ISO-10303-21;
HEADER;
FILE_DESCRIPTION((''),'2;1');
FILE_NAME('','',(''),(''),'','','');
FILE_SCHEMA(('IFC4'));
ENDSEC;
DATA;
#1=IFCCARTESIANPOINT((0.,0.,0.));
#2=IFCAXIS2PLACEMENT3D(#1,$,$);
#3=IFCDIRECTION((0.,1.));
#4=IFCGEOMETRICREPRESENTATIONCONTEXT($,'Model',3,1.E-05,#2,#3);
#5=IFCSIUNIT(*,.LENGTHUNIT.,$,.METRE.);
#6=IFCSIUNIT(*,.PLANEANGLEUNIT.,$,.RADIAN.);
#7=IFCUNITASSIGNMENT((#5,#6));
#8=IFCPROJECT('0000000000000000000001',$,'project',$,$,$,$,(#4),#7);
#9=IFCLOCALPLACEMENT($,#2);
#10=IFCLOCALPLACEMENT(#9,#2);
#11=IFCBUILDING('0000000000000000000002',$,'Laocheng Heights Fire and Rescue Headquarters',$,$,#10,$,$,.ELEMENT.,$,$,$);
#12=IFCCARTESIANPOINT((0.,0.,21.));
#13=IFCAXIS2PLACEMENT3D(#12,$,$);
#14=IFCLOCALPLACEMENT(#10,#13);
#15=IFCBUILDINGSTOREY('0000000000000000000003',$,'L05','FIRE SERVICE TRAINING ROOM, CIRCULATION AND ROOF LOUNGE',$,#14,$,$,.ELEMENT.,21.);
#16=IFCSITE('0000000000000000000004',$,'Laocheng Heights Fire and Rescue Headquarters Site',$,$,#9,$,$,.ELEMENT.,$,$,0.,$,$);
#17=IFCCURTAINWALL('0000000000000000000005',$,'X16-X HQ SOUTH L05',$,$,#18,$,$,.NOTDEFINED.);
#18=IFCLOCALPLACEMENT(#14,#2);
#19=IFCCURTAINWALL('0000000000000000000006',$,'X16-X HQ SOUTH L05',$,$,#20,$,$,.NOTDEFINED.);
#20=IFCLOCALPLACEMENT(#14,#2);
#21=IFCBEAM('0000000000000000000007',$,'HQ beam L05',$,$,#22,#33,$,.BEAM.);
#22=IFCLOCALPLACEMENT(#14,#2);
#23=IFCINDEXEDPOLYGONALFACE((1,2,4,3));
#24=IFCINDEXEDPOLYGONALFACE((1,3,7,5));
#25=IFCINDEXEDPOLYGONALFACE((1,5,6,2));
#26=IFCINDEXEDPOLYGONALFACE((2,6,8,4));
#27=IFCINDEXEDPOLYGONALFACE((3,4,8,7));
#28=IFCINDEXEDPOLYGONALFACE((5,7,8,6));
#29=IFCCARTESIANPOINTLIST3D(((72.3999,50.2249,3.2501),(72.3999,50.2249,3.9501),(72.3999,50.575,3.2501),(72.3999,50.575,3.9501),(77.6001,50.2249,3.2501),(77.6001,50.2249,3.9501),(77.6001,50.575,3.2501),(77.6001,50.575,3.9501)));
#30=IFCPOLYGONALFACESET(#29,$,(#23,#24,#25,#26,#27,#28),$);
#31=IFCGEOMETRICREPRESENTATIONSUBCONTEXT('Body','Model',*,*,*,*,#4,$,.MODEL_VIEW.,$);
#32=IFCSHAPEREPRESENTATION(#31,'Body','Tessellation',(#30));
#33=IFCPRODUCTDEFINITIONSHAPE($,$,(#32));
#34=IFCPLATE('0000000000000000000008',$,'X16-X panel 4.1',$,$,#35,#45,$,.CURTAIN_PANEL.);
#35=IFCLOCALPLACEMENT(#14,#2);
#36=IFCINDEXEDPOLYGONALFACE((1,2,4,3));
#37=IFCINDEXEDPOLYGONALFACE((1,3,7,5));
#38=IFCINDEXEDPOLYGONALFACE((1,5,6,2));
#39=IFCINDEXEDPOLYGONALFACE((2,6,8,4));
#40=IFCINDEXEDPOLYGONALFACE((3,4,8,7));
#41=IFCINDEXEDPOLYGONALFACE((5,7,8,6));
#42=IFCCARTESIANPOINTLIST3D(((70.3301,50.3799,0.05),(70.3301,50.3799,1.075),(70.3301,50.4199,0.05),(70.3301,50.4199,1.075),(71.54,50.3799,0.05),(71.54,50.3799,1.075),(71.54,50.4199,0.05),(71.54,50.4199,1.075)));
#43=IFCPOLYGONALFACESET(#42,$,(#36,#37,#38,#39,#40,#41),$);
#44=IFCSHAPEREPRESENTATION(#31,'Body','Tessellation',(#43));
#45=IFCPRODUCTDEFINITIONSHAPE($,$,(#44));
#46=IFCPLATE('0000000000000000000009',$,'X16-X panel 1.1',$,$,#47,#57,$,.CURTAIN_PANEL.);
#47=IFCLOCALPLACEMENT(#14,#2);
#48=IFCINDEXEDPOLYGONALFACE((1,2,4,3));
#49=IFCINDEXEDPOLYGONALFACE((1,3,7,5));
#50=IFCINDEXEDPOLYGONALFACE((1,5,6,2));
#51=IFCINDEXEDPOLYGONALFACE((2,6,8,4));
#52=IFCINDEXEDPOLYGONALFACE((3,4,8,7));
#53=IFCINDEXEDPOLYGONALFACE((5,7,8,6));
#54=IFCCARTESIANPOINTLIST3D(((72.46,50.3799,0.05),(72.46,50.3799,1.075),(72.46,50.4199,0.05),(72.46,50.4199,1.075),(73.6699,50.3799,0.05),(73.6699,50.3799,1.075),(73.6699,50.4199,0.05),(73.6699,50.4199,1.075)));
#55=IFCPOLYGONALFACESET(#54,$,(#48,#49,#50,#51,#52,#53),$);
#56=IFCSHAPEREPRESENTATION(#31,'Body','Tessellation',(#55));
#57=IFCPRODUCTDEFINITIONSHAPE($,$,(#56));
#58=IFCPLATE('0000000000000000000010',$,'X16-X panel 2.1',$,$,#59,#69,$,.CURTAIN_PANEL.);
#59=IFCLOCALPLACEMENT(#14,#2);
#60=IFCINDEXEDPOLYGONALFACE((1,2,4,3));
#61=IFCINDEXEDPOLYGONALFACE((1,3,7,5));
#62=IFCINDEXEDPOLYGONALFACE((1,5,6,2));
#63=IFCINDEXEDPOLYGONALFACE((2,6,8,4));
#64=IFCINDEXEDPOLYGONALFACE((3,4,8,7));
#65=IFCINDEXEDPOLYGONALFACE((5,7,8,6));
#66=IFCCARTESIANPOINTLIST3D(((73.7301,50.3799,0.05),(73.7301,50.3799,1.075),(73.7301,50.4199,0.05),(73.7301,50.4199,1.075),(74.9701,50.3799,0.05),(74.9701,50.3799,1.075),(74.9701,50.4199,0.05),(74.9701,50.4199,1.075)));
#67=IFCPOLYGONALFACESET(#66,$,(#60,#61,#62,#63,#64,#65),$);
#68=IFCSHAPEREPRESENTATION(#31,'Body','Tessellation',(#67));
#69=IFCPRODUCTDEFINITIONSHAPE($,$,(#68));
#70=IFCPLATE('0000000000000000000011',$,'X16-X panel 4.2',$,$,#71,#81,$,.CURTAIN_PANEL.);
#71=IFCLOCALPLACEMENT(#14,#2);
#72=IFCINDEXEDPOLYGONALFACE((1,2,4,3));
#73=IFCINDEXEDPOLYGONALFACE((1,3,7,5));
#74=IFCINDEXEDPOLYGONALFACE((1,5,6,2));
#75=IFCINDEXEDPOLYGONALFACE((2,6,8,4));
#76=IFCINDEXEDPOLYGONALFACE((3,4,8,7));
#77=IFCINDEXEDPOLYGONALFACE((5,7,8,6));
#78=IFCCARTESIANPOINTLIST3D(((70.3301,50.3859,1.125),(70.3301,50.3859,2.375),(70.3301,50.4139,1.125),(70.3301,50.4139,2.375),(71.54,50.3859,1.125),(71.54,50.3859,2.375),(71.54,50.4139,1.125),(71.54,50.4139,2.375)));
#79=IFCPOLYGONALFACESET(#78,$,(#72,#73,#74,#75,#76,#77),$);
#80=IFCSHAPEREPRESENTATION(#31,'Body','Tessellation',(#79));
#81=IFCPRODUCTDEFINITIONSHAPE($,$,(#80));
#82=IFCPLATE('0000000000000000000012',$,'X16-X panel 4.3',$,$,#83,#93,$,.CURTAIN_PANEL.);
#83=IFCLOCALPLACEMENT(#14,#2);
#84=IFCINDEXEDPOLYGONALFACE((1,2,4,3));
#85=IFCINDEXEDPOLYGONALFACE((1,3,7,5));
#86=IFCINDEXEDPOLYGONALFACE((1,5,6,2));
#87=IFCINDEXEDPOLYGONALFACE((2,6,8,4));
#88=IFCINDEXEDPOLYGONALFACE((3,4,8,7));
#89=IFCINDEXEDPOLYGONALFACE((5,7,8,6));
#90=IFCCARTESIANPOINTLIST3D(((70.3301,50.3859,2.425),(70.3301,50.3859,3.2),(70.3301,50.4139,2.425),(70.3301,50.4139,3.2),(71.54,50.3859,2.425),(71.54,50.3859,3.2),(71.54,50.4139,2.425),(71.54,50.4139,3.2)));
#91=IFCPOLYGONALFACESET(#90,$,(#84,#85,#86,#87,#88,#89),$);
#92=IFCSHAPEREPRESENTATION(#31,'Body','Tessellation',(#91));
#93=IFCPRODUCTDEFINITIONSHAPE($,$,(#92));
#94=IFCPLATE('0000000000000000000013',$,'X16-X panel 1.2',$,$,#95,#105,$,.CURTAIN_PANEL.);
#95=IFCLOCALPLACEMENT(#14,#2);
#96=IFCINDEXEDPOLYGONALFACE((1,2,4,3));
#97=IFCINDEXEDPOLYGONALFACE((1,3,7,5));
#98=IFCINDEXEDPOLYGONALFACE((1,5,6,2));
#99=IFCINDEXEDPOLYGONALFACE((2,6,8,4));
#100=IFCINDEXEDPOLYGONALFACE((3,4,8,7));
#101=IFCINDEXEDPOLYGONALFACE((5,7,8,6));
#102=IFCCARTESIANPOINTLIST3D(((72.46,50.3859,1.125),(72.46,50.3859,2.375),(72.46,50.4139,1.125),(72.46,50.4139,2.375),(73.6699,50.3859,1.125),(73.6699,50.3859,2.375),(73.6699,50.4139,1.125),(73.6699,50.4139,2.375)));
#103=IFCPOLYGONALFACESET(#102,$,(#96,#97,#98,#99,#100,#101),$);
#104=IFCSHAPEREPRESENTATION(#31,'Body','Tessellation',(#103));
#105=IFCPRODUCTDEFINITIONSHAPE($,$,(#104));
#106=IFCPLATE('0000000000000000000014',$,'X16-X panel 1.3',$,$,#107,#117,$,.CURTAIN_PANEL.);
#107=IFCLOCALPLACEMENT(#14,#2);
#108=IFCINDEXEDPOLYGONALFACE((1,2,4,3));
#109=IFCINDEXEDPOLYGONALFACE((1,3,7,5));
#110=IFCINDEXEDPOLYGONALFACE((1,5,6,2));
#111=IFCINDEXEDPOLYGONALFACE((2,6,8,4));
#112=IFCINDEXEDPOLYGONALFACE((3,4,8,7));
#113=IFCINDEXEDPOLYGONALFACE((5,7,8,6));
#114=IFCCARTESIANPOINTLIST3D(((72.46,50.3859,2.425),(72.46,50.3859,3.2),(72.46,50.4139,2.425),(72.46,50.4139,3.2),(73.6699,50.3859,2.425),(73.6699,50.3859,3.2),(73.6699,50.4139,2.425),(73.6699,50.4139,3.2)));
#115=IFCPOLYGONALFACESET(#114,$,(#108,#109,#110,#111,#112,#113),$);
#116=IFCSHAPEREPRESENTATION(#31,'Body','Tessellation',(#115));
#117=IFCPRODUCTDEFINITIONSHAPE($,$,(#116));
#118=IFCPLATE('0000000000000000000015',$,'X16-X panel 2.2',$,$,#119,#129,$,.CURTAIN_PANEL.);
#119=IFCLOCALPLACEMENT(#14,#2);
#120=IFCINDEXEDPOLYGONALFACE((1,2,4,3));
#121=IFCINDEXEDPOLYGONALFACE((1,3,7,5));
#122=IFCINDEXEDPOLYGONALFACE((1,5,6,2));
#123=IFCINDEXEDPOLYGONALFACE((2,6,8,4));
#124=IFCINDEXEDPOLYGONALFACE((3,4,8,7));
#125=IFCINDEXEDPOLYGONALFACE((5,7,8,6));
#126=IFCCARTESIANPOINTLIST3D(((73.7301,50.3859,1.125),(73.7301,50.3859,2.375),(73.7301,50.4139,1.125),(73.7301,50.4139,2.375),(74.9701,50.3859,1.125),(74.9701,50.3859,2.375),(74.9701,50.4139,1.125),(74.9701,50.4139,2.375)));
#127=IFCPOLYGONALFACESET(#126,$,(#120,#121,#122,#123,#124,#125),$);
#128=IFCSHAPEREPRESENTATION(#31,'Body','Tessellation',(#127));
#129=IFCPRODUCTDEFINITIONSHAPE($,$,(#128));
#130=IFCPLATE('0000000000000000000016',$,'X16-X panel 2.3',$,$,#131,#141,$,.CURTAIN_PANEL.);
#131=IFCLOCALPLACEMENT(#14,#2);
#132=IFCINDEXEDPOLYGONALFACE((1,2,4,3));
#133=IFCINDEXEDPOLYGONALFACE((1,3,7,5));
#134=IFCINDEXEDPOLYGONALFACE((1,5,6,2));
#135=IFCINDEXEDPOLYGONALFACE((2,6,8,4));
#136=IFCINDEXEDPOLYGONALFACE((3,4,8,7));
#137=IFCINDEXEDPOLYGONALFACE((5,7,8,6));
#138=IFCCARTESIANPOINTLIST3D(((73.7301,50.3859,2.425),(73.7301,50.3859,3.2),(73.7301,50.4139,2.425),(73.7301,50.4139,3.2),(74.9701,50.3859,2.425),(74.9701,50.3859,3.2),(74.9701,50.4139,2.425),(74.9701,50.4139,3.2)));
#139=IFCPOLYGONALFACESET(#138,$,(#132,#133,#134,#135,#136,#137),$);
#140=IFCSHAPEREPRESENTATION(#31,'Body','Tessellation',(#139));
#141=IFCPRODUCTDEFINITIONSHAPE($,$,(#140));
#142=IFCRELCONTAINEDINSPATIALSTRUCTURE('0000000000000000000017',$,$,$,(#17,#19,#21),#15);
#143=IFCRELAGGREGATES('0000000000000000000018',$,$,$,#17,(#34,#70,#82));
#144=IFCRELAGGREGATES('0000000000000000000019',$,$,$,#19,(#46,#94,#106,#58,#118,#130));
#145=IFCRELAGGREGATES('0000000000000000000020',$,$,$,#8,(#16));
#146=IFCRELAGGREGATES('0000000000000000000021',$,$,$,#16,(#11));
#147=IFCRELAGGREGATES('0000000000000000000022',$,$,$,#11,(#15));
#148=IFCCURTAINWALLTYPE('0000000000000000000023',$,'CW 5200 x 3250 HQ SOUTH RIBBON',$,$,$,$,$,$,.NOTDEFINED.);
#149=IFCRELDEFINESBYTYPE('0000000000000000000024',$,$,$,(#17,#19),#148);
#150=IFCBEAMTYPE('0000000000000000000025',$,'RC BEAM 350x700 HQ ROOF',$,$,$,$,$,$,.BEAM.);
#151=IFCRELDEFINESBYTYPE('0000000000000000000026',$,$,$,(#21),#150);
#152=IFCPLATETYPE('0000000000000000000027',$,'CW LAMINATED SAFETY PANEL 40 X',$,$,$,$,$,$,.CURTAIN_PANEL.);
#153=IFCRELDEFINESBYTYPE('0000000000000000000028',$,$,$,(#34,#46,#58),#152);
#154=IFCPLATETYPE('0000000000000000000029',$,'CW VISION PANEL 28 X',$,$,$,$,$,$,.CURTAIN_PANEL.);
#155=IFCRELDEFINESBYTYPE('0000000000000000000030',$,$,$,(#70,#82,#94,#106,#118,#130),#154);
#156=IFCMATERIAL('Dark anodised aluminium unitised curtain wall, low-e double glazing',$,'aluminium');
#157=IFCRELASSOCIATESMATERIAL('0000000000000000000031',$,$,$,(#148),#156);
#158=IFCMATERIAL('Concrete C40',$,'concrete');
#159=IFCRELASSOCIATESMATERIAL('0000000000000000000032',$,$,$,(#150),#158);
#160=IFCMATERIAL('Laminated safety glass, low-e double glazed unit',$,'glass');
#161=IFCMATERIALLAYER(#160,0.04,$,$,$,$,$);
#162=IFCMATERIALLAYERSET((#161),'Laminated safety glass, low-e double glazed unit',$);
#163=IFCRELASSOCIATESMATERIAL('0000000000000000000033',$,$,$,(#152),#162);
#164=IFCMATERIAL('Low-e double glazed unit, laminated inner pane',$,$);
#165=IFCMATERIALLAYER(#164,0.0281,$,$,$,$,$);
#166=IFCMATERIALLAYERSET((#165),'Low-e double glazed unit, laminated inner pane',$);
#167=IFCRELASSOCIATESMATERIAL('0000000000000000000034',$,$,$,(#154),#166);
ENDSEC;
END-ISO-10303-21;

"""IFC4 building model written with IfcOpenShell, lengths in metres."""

from ifc_helpers import new_model, si_unit, direction, frame, origin, origin_2d, place, context, subcontext, project, spatial, rectangle, extrude, material, layer, layer_set, material_profile, profile_set, type_object, element, aggregate, save


model = new_model("IFC4")

# Units and contexts
model_context = context("Model", 3, precision=1e-05, world=origin(), true_north=direction((0.0, 1.0)))
body_context = subcontext(model_context, "Body", "Model", "MODEL_VIEW")
ifc_project = project(units=[si_unit("LENGTHUNIT", "METRE"), si_unit("PLANEANGLEUNIT", "RADIAN")], contexts=[model_context])

# Site, building, storey
site_placement = place(None, origin())
site = spatial("IfcSite", under=ifc_project, at=site_placement, Name="Laocheng Heights Fire and Rescue Headquarters Site", CompositionType="ELEMENT", RefElevation=0.0)
building_placement = place(site_placement, origin())
building = spatial("IfcBuilding", under=site, at=building_placement, Name="Laocheng Heights Fire and Rescue Headquarters", CompositionType="ELEMENT")
storey_placement = place(building_placement, frame((0.0, 0.0, 21.0)))
storey = spatial("IfcBuildingStorey", under=building, at=storey_placement, Name="L05", Description="FIRE SERVICE TRAINING ROOM, CIRCULATION AND ROOF LOUNGE", CompositionType="ELEMENT", Elevation=21.0)

# Curtain walls
ifc_material_1 = material(Name="Dark anodised aluminium unitised curtain wall, low-e double glazing", Category="aluminium")
curtain_wall_type = type_object("IfcCurtainWallType", Name="CW 5200 x 3250 HQ SOUTH RIBBON", PredefinedType="NOTDEFINED", material=ifc_material_1)
curtain_wall_1_placement = place(storey_placement, origin())
curtain_wall_1 = element("IfcCurtainWall", 1, at=curtain_wall_1_placement, inside=storey, type_object=curtain_wall_type, Name="X16-X HQ SOUTH L05", PredefinedType="NOTDEFINED")
curtain_wall_2_placement = place(storey_placement, origin())
curtain_wall_2 = element("IfcCurtainWall", 2, at=curtain_wall_2_placement, inside=storey, type_object=curtain_wall_type, Name="X16-X HQ SOUTH L05", PredefinedType="NOTDEFINED")

# Beam
ifc_material_2 = material(Name="Concrete C40", Category="concrete")
ifc_material_profile_1 = material_profile(ifc_material_2, rectangle(XDim=0.3501, YDim=0.7, at=origin_2d()), Name="RC BEAM 350x700 HQ ROOF")
ifc_profile_set_1 = profile_set([ifc_material_profile_1], Name="Concrete C40")
beam_type = type_object("IfcBeamType", Name="RC BEAM 350x700 HQ ROOF", PredefinedType="BEAM", material=ifc_profile_set_1)
beam_placement = place(storey_placement, frame((72.3999, 50.3999, 3.6001), z_axis=(1.0, 0.0, 0.0), x_axis=(0.0, 1.0, 0.0)))
element("IfcBeam", 3, at=beam_placement, inside=storey, type_object=beam_type, Name="HQ beam L05", PredefinedType="BEAM", context=body_context, shape_type="SweptSolid", body=[
    extrude(rectangle(XDim=0.3501, YDim=0.7, at=origin_2d()), origin(), (0.0, 0.0, 1.0), 5.2002),
])

# Plates
ifc_material_3 = material(Name="Laminated safety glass, low-e double glazed unit", Category="glass")
ifc_layer_1 = layer(ifc_material_3, 0.04)
ifc_layer_set_1 = layer_set([ifc_layer_1], Name="Laminated safety glass, low-e double glazed unit")
plate_type_1 = type_object("IfcPlateType", Name="CW LAMINATED SAFETY PANEL 40 X", PredefinedType="CURTAIN_PANEL", material=ifc_layer_set_1)
plate_1_placement = place(storey_placement, frame((70.9351, 50.3999, 0.05), z_axis=(0.0, 0.0, 1.0), x_axis=(1.0, 0.0, 0.0)))
plate_1 = element("IfcPlate", 4, at=plate_1_placement, type_object=plate_type_1, Name="X16-X panel 4.1", PredefinedType="CURTAIN_PANEL", context=body_context, shape_type="SweptSolid", body=[
    extrude(rectangle(XDim=1.21, YDim=0.04, at=origin_2d()), origin(), (0.0, 0.0, 1.0), 1.0249),
])
plate_2_placement = place(storey_placement, frame((73.0649, 50.3999, 0.05), z_axis=(0.0, 0.0, 1.0), x_axis=(1.0, 0.0, 0.0)))
plate_2 = element("IfcPlate", 5, at=plate_2_placement, type_object=plate_type_1, Name="X16-X panel 1.1", PredefinedType="CURTAIN_PANEL", context=body_context, shape_type="SweptSolid", body=[
    extrude(rectangle(XDim=1.21, YDim=0.04, at=origin_2d()), origin(), (0.0, 0.0, 1.0), 1.0249),
])
plate_3_placement = place(storey_placement, frame((74.3501, 50.3999, 0.05), z_axis=(0.0, 0.0, 1.0), x_axis=(1.0, 0.0, 0.0)))
plate_3 = element("IfcPlate", 6, at=plate_3_placement, type_object=plate_type_1, Name="X16-X panel 2.1", PredefinedType="CURTAIN_PANEL", context=body_context, shape_type="SweptSolid", body=[
    extrude(rectangle(XDim=1.24, YDim=0.04, at=origin_2d()), origin(), (0.0, 0.0, 1.0), 1.0249),
])
ifc_material_4 = material(Name="Low-e double glazed unit, laminated inner pane")
ifc_layer_2 = layer(ifc_material_4, 0.0281)
ifc_layer_set_2 = layer_set([ifc_layer_2], Name="Low-e double glazed unit, laminated inner pane")
plate_type_2 = type_object("IfcPlateType", Name="CW VISION PANEL 28 X", PredefinedType="CURTAIN_PANEL", material=ifc_layer_set_2)
plate_4_placement = place(storey_placement, frame((70.9351, 50.3999, 1.125), z_axis=(0.0, 0.0, 1.0), x_axis=(1.0, 0.0, 0.0)))
plate_4 = element("IfcPlate", 7, at=plate_4_placement, type_object=plate_type_2, Name="X16-X panel 4.2", PredefinedType="CURTAIN_PANEL", context=body_context, shape_type="SweptSolid", body=[
    extrude(rectangle(XDim=1.21, YDim=0.0281, at=origin_2d()), origin(), (0.0, 0.0, 1.0), 1.25),
])
plate_5_placement = place(storey_placement, frame((70.9351, 50.3999, 2.425), z_axis=(0.0, 0.0, 1.0), x_axis=(1.0, 0.0, 0.0)))
plate_5 = element("IfcPlate", 8, at=plate_5_placement, type_object=plate_type_2, Name="X16-X panel 4.3", PredefinedType="CURTAIN_PANEL", context=body_context, shape_type="SweptSolid", body=[
    extrude(rectangle(XDim=1.21, YDim=0.0281, at=origin_2d()), origin(), (0.0, 0.0, 1.0), 0.7749),
])
aggregate(curtain_wall_1, [plate_1, plate_4, plate_5])
plate_6_placement = place(storey_placement, frame((73.0649, 50.3999, 1.125), z_axis=(0.0, 0.0, 1.0), x_axis=(1.0, 0.0, 0.0)))
plate_6 = element("IfcPlate", 9, at=plate_6_placement, type_object=plate_type_2, Name="X16-X panel 1.2", PredefinedType="CURTAIN_PANEL", context=body_context, shape_type="SweptSolid", body=[
    extrude(rectangle(XDim=1.21, YDim=0.0281, at=origin_2d()), origin(), (0.0, 0.0, 1.0), 1.25),
])
plate_7_placement = place(storey_placement, frame((73.0649, 50.3999, 2.425), z_axis=(0.0, 0.0, 1.0), x_axis=(1.0, 0.0, 0.0)))
plate_7 = element("IfcPlate", 10, at=plate_7_placement, type_object=plate_type_2, Name="X16-X panel 1.3", PredefinedType="CURTAIN_PANEL", context=body_context, shape_type="SweptSolid", body=[
    extrude(rectangle(XDim=1.21, YDim=0.0281, at=origin_2d()), origin(), (0.0, 0.0, 1.0), 0.7749),
])
plate_8_placement = place(storey_placement, frame((74.3501, 50.3999, 1.125), z_axis=(0.0, 0.0, 1.0), x_axis=(1.0, 0.0, 0.0)))
plate_8 = element("IfcPlate", 11, at=plate_8_placement, type_object=plate_type_2, Name="X16-X panel 2.2", PredefinedType="CURTAIN_PANEL", context=body_context, shape_type="SweptSolid", body=[
    extrude(rectangle(XDim=1.24, YDim=0.0281, at=origin_2d()), origin(), (0.0, 0.0, 1.0), 1.25),
])
plate_9_placement = place(storey_placement, frame((74.3501, 50.3999, 2.425), z_axis=(0.0, 0.0, 1.0), x_axis=(1.0, 0.0, 0.0)))
plate_9 = element("IfcPlate", 12, at=plate_9_placement, type_object=plate_type_2, Name="X16-X panel 2.3", PredefinedType="CURTAIN_PANEL", context=body_context, shape_type="SweptSolid", body=[
    extrude(rectangle(XDim=1.24, YDim=0.0281, at=origin_2d()), origin(), (0.0, 0.0, 1.0), 0.7749),
])
aggregate(curtain_wall_2, [plate_2, plate_6, plate_7, plate_3, plate_8, plate_9])

save(model, "model.ifc")
